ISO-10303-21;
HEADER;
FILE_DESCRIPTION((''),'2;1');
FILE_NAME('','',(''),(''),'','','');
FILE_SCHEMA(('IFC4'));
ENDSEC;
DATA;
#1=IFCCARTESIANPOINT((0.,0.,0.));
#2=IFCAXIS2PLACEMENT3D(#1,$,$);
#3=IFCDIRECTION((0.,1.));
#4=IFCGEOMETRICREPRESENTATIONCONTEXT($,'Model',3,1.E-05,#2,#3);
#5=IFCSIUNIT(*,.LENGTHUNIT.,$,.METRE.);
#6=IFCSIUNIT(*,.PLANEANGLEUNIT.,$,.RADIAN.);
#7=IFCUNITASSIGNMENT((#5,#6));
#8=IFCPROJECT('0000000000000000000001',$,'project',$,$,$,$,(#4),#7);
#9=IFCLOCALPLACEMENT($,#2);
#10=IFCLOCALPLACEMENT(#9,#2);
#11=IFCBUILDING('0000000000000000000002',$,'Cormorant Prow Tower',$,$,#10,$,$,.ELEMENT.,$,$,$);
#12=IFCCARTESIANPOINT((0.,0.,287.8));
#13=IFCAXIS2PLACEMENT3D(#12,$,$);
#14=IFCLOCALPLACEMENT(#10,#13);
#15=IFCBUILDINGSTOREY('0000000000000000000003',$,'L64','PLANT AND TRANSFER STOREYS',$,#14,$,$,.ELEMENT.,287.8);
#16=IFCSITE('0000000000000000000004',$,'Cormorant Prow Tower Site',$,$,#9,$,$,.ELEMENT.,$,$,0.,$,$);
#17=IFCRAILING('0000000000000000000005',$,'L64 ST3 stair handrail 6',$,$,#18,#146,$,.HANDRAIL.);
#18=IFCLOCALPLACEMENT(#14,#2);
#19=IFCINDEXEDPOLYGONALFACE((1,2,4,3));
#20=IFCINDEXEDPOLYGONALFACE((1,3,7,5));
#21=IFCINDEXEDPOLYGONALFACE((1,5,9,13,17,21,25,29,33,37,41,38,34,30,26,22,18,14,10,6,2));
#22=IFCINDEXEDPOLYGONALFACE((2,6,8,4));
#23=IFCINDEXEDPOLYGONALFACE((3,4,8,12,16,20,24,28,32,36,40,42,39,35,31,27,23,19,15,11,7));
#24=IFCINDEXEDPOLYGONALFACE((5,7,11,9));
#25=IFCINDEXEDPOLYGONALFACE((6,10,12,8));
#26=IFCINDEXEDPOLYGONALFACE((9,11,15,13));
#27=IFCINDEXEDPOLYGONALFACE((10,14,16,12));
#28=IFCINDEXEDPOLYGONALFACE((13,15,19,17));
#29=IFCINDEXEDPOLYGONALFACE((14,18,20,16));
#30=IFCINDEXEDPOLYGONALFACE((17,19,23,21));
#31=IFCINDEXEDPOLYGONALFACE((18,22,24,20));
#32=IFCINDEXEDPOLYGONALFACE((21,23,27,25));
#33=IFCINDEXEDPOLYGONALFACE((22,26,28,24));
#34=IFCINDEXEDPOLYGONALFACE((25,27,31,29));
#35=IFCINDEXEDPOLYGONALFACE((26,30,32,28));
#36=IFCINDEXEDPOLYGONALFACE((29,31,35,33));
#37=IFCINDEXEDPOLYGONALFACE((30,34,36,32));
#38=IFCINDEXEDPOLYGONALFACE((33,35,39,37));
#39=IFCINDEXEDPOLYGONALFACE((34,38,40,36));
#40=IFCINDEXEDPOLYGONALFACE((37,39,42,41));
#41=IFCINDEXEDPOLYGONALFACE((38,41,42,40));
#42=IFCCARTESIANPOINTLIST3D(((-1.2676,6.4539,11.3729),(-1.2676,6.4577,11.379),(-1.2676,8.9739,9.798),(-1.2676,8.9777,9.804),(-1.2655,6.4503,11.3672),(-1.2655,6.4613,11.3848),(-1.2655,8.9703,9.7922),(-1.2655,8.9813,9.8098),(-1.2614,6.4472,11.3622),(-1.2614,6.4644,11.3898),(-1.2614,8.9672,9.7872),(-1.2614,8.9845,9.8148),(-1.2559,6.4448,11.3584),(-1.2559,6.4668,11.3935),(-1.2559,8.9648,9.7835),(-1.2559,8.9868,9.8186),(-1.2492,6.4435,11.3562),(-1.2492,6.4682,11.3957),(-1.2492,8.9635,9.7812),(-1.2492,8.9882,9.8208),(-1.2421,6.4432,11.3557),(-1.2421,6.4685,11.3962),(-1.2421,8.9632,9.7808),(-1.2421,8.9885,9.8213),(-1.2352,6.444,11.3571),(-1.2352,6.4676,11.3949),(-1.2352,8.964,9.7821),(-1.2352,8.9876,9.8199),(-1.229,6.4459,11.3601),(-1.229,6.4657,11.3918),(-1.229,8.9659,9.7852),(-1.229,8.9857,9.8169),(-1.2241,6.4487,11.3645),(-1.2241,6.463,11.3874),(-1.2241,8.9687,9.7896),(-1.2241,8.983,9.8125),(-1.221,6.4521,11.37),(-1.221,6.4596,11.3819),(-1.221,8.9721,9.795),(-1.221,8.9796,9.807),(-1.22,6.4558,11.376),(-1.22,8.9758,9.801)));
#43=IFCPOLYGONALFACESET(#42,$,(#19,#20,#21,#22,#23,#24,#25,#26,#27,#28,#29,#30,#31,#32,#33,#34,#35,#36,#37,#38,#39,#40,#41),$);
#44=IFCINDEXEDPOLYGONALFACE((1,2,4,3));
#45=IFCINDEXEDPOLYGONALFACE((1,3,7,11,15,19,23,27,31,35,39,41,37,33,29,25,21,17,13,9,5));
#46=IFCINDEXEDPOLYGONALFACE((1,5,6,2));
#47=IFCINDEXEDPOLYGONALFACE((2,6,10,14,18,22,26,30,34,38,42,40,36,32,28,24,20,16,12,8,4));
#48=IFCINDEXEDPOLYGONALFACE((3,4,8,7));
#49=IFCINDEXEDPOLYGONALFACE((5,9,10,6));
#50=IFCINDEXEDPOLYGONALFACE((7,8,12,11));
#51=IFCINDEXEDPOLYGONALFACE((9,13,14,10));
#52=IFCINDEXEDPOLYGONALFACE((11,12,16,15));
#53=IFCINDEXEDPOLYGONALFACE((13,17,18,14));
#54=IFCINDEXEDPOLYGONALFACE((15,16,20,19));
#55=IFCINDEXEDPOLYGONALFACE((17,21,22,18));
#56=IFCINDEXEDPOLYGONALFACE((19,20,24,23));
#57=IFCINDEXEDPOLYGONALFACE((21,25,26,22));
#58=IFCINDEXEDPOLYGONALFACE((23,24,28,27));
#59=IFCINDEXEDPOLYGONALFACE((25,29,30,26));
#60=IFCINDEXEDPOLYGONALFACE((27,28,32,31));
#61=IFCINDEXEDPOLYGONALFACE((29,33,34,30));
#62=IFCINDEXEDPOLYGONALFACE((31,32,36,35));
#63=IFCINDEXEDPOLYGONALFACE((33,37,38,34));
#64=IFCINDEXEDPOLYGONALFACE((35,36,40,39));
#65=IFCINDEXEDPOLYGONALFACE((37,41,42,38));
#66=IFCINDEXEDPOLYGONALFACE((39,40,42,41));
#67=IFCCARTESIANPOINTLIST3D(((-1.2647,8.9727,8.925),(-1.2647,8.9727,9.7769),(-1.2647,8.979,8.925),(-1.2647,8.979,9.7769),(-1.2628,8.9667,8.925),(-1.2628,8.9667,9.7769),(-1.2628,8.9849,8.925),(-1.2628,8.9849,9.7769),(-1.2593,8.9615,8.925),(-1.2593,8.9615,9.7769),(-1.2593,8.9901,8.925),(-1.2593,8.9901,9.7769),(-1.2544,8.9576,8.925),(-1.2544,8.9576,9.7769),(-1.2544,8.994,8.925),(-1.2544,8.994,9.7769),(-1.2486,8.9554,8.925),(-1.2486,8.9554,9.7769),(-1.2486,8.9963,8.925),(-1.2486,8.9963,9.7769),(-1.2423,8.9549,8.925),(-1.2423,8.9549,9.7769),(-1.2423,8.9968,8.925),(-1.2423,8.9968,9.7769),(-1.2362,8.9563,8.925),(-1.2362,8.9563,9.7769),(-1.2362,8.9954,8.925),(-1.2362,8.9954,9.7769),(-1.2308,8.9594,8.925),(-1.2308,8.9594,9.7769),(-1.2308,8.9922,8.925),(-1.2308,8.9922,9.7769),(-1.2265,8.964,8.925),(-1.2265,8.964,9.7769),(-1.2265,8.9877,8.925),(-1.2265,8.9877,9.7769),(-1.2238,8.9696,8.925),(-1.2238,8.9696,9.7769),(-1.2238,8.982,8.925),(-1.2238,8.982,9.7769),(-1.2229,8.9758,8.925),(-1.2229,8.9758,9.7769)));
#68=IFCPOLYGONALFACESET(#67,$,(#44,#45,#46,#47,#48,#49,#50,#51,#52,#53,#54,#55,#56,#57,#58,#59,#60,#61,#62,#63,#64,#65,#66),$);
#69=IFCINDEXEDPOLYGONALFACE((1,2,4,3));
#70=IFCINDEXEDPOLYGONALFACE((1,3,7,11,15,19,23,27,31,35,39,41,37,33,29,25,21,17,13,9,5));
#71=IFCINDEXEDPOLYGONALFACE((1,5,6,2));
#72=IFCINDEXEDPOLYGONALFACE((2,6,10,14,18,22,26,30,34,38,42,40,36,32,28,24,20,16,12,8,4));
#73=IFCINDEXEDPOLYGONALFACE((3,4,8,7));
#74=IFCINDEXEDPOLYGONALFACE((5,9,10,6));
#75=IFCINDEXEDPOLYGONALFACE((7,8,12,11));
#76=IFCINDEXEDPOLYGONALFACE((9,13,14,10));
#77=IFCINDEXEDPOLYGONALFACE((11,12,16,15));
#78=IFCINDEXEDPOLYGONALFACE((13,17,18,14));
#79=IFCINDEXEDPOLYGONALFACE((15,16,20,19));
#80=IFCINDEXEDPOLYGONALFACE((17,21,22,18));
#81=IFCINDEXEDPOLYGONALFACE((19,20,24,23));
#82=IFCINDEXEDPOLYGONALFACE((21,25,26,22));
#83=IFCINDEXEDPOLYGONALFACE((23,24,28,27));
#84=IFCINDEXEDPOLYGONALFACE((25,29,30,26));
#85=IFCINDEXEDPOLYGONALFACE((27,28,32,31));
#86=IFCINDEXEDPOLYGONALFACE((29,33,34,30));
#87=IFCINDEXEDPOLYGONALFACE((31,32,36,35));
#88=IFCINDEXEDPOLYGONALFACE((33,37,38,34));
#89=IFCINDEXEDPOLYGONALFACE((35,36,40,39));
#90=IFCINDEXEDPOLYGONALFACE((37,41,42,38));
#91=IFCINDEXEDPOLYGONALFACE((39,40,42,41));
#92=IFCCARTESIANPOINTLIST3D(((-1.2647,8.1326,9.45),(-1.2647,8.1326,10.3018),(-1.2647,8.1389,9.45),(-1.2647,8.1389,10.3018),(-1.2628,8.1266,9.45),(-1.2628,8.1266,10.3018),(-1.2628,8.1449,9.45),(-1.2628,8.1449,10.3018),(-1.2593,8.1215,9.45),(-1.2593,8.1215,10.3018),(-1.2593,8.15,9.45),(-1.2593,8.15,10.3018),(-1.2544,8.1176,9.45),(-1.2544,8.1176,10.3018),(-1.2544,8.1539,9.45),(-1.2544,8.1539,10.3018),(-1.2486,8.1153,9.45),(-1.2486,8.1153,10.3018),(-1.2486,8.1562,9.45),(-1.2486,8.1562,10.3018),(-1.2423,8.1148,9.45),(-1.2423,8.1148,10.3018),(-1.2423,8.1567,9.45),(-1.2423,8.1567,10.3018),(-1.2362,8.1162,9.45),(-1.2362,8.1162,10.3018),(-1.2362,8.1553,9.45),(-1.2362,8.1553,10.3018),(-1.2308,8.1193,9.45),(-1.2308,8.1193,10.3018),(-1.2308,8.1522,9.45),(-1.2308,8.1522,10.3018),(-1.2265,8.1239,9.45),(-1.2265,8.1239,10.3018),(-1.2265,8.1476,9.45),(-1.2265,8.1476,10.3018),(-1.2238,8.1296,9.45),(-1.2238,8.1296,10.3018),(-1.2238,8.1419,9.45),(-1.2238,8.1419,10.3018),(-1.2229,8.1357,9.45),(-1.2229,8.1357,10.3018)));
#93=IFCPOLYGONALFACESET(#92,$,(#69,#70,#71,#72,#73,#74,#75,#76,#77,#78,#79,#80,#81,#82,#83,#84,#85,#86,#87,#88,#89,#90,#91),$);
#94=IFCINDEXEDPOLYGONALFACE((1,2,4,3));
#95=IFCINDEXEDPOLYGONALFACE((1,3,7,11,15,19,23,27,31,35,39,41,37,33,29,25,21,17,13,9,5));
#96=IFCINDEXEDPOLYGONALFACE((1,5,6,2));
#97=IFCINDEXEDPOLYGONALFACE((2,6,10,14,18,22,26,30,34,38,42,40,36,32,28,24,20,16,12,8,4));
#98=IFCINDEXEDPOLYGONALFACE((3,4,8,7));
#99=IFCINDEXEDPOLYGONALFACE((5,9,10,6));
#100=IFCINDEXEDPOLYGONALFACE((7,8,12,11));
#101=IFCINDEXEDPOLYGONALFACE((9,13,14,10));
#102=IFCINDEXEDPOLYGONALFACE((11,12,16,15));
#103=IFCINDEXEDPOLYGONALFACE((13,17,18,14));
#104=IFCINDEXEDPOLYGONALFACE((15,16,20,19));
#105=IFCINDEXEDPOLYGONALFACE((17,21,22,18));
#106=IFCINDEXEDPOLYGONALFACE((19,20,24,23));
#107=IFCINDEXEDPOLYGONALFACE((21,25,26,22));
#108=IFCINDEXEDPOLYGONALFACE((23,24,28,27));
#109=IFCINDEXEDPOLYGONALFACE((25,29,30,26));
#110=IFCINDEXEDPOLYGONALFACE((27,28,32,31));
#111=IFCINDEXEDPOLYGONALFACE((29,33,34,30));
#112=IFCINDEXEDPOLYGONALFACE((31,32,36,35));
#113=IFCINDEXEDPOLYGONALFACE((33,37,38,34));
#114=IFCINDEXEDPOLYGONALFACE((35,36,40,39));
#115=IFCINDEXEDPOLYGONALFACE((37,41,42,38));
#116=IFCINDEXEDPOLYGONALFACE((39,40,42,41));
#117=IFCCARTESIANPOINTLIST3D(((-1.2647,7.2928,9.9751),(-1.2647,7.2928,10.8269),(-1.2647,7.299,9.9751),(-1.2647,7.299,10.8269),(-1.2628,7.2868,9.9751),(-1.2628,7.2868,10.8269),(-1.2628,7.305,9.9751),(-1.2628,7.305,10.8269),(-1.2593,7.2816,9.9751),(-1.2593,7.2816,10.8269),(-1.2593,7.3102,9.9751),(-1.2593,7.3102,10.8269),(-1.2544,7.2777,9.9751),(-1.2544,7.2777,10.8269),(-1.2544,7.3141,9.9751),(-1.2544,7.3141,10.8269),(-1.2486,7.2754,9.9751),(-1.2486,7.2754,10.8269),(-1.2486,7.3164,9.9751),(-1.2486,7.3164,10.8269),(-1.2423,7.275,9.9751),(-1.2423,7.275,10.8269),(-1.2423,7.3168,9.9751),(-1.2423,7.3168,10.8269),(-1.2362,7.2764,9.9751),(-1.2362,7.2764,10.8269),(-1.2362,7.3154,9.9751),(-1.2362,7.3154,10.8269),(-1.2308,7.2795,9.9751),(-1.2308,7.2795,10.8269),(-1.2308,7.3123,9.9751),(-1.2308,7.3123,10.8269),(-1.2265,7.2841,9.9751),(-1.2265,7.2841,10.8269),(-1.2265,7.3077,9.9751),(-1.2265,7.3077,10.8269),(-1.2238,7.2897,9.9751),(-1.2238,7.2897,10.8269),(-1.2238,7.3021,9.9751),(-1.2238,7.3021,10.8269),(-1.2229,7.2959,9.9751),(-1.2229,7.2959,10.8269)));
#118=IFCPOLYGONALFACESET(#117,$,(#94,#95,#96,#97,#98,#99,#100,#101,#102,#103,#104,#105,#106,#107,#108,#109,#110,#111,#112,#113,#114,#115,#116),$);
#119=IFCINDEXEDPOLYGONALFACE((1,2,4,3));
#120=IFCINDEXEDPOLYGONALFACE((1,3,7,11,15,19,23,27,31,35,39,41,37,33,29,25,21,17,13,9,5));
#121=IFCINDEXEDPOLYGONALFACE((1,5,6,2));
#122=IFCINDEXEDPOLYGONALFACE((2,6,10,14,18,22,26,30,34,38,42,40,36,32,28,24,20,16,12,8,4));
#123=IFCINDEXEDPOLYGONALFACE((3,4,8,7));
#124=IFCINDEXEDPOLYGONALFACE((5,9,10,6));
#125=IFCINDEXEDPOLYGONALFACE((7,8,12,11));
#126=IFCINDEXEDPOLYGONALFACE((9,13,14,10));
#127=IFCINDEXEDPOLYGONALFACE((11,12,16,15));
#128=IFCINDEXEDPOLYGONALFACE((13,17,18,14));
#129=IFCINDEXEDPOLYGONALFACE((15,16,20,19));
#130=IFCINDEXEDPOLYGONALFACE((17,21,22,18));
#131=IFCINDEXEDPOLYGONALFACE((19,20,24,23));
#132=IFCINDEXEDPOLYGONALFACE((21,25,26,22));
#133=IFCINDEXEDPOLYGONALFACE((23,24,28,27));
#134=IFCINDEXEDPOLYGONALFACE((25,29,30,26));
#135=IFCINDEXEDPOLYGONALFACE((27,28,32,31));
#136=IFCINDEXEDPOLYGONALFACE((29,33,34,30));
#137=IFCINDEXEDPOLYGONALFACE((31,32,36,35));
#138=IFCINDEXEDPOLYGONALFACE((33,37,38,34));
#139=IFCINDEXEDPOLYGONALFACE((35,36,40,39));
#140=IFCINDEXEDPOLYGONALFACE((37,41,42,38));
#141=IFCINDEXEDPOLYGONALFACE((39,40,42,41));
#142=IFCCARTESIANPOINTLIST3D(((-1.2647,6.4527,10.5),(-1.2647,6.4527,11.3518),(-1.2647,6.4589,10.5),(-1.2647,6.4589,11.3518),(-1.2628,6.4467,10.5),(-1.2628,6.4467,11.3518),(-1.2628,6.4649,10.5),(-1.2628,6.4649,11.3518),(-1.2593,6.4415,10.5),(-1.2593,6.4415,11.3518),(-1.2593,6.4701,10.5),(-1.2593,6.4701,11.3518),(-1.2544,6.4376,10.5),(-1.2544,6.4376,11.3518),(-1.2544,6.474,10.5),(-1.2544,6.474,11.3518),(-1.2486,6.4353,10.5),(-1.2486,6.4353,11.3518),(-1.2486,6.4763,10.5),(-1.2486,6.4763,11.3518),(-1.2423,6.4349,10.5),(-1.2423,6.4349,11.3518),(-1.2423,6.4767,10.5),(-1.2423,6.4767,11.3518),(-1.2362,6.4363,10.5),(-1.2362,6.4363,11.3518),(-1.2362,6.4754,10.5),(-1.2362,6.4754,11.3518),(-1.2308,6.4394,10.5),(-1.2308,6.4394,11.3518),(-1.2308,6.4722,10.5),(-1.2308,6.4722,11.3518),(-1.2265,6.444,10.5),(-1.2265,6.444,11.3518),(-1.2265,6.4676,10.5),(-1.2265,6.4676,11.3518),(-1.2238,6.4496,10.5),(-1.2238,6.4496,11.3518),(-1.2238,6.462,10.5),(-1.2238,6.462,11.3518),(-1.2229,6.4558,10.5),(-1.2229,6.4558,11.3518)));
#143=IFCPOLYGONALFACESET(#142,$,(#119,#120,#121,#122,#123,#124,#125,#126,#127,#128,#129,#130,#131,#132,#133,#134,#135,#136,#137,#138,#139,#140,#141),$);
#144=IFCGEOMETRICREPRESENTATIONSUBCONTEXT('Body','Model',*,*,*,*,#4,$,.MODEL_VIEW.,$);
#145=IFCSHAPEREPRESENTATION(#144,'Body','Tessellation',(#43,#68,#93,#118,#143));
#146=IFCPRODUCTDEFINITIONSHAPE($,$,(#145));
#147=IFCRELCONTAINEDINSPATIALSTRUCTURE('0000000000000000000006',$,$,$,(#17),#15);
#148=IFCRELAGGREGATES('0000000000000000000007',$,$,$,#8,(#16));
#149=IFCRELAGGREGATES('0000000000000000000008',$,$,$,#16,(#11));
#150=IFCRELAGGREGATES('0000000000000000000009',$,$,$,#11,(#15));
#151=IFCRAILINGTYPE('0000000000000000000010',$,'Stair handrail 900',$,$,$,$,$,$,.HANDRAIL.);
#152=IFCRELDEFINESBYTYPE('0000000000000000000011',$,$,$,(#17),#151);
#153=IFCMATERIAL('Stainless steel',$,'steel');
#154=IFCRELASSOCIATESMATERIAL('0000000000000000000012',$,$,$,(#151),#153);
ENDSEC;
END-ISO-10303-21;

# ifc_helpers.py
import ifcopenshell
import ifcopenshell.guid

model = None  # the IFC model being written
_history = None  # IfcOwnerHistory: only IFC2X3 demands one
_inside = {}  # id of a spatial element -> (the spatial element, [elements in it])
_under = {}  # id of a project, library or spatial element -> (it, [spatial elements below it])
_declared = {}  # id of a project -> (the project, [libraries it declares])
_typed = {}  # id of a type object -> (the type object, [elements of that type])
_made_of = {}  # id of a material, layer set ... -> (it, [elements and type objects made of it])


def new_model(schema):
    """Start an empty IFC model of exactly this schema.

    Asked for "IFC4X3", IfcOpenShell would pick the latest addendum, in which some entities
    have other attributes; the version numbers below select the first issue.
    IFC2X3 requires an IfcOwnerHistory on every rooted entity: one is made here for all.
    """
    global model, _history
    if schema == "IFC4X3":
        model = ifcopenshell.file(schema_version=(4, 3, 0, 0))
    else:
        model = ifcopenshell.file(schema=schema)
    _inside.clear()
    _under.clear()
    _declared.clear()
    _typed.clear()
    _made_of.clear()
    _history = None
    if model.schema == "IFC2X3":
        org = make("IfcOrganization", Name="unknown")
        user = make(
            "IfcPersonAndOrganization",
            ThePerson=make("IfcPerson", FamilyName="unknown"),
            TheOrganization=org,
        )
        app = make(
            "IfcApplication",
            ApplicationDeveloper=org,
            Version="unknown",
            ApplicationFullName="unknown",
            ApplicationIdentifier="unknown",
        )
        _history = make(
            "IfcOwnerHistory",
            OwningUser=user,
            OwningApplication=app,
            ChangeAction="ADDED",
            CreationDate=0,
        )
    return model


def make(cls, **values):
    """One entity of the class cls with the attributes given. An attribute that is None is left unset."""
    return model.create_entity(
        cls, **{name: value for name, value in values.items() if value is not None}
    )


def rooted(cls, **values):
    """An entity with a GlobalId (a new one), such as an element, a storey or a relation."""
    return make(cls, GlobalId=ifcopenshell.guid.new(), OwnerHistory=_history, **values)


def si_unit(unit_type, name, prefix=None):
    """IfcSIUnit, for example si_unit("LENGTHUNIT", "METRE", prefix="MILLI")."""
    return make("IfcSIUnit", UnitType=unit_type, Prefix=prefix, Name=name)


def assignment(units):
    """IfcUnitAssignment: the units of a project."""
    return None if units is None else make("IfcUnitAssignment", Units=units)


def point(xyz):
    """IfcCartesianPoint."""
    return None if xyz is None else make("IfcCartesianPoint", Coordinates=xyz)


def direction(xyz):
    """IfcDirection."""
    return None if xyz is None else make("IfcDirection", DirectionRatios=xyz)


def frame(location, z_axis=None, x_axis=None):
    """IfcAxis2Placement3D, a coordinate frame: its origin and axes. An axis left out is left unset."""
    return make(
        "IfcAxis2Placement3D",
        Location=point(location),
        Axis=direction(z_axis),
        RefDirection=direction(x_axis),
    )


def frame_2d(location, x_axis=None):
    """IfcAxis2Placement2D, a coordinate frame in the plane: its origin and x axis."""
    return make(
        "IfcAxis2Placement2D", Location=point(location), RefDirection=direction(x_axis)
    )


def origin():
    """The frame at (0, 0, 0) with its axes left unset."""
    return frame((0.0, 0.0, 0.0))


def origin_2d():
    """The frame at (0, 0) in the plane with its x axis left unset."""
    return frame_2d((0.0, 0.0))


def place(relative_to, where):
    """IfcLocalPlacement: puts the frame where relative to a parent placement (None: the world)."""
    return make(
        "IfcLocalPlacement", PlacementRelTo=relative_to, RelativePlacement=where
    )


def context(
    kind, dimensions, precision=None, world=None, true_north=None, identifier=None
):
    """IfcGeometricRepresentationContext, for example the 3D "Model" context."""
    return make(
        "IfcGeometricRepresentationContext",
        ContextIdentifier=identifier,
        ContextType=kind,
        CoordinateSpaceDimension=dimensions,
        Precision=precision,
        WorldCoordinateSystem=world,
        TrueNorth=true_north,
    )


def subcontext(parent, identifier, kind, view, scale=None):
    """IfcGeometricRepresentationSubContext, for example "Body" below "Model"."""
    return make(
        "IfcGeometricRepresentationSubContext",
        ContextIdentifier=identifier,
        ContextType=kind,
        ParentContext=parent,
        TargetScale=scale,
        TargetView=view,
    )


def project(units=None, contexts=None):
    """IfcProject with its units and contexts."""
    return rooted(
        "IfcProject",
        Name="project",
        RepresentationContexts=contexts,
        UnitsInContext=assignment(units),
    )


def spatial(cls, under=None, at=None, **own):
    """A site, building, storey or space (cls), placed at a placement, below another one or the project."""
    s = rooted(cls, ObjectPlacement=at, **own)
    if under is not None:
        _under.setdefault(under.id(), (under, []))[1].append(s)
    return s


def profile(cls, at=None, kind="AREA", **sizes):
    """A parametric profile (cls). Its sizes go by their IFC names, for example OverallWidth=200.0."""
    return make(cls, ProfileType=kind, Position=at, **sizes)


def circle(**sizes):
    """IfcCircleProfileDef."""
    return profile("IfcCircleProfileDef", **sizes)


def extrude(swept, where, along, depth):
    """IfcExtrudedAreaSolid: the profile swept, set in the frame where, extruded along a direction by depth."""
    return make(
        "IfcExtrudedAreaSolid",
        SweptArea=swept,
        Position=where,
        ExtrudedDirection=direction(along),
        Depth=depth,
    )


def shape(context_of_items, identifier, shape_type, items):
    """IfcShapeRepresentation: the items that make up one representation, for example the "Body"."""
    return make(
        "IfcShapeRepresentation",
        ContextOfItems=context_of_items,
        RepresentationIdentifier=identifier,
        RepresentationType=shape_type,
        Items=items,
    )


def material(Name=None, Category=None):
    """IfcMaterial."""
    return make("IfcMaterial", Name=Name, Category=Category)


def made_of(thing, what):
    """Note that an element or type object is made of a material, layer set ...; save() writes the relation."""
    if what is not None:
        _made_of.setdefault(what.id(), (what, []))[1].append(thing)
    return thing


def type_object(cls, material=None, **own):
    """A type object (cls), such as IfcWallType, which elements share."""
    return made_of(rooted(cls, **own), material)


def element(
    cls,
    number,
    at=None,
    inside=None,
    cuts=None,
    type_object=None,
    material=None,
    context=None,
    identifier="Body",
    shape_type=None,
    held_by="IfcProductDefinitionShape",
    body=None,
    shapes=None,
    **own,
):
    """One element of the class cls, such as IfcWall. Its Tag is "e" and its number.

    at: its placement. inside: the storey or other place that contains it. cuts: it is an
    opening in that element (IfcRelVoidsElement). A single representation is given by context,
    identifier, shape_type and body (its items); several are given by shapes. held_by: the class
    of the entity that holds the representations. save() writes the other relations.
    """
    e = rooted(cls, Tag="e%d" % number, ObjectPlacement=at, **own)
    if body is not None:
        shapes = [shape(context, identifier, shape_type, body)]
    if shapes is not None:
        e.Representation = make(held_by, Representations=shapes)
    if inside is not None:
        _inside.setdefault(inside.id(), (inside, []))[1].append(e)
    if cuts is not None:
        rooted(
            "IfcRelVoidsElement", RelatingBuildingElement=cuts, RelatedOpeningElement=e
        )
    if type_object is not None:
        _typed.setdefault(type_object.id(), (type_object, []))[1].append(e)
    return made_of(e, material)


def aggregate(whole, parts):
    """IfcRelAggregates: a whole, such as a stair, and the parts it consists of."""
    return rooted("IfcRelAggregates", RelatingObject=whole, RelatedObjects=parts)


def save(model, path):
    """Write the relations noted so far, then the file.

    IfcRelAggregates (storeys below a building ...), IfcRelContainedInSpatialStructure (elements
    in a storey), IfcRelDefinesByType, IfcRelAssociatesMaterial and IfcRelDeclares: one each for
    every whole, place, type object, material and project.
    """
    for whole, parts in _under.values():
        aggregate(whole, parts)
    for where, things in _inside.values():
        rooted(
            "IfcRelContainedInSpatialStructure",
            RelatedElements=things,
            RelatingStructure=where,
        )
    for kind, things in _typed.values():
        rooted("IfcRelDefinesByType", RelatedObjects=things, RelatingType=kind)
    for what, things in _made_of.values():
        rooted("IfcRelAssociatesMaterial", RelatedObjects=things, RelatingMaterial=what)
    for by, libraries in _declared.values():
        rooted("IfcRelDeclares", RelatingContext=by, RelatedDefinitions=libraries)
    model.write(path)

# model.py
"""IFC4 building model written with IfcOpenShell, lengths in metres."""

from ifc_helpers import new_model, si_unit, direction, frame, origin, origin_2d, place, context, subcontext, project, spatial, circle, extrude, material, type_object, element, save


model = new_model("IFC4")

# Units and contexts
model_context = context("Model", 3, precision=1e-05, world=origin(), true_north=direction((0.0, 1.0)))
body_context = subcontext(model_context, "Body", "Model", "MODEL_VIEW")
ifc_project = project(units=[si_unit("LENGTHUNIT", "METRE"), si_unit("PLANEANGLEUNIT", "RADIAN")], contexts=[model_context])

# Site, building, storey
site_placement = place(None, origin())
site = spatial("IfcSite", under=ifc_project, at=site_placement, Name="Cormorant Prow Tower Site", CompositionType="ELEMENT", RefElevation=0.0)
building_placement = place(site_placement, origin())
building = spatial("IfcBuilding", under=site, at=building_placement, Name="Cormorant Prow Tower", CompositionType="ELEMENT")
storey_placement = place(building_placement, frame((0.0, 0.0, 287.8)))
storey = spatial("IfcBuildingStorey", under=building, at=storey_placement, Name="L64", Description="PLANT AND TRANSFER STOREYS", CompositionType="ELEMENT", Elevation=287.8)

# Railing
ifc_material_1 = material(Name="Stainless steel", Category="steel")
railing_type = type_object("IfcRailingType", Name="Stair handrail 900", PredefinedType="HANDRAIL", material=ifc_material_1)
for number, where, name in (
    (1, (-1.2439, 8.9758, 8.925), "L64 ST3 stair handrail 6"),
):
    element("IfcRailing", number, at=place(storey_placement, frame(where)), inside=storey, type_object=railing_type, Name=name, PredefinedType="HANDRAIL", context=body_context, shape_type="SweptSolid", body=[
        extrude(circle(Radius=0.0239, at=origin_2d()), frame((0.0, 0.0, 0.876), z_axis=(0.0, -0.848008, 0.529984), x_axis=(1.0, 0.0, 0.0)), (0.0, 0.0, 1.0), 2.9717),
        extrude(circle(Radius=0.021, at=origin_2d()), origin(), (0.0, 0.0, 1.0), 0.8518),
        extrude(circle(Radius=0.021, at=origin_2d()), frame((0.0, -0.8401, 0.5249)), (0.0, 0.0, 1.0), 0.8518),
        extrude(circle(Radius=0.021, at=origin_2d()), frame((0.0, -1.6799, 1.05)), (0.0, 0.0, 1.0), 0.8518),
        extrude(circle(Radius=0.021, at=origin_2d()), frame((0.0, -2.52, 1.575)), (0.0, 0.0, 1.0), 0.8518),
    ])

save(model, "model.ifc")
